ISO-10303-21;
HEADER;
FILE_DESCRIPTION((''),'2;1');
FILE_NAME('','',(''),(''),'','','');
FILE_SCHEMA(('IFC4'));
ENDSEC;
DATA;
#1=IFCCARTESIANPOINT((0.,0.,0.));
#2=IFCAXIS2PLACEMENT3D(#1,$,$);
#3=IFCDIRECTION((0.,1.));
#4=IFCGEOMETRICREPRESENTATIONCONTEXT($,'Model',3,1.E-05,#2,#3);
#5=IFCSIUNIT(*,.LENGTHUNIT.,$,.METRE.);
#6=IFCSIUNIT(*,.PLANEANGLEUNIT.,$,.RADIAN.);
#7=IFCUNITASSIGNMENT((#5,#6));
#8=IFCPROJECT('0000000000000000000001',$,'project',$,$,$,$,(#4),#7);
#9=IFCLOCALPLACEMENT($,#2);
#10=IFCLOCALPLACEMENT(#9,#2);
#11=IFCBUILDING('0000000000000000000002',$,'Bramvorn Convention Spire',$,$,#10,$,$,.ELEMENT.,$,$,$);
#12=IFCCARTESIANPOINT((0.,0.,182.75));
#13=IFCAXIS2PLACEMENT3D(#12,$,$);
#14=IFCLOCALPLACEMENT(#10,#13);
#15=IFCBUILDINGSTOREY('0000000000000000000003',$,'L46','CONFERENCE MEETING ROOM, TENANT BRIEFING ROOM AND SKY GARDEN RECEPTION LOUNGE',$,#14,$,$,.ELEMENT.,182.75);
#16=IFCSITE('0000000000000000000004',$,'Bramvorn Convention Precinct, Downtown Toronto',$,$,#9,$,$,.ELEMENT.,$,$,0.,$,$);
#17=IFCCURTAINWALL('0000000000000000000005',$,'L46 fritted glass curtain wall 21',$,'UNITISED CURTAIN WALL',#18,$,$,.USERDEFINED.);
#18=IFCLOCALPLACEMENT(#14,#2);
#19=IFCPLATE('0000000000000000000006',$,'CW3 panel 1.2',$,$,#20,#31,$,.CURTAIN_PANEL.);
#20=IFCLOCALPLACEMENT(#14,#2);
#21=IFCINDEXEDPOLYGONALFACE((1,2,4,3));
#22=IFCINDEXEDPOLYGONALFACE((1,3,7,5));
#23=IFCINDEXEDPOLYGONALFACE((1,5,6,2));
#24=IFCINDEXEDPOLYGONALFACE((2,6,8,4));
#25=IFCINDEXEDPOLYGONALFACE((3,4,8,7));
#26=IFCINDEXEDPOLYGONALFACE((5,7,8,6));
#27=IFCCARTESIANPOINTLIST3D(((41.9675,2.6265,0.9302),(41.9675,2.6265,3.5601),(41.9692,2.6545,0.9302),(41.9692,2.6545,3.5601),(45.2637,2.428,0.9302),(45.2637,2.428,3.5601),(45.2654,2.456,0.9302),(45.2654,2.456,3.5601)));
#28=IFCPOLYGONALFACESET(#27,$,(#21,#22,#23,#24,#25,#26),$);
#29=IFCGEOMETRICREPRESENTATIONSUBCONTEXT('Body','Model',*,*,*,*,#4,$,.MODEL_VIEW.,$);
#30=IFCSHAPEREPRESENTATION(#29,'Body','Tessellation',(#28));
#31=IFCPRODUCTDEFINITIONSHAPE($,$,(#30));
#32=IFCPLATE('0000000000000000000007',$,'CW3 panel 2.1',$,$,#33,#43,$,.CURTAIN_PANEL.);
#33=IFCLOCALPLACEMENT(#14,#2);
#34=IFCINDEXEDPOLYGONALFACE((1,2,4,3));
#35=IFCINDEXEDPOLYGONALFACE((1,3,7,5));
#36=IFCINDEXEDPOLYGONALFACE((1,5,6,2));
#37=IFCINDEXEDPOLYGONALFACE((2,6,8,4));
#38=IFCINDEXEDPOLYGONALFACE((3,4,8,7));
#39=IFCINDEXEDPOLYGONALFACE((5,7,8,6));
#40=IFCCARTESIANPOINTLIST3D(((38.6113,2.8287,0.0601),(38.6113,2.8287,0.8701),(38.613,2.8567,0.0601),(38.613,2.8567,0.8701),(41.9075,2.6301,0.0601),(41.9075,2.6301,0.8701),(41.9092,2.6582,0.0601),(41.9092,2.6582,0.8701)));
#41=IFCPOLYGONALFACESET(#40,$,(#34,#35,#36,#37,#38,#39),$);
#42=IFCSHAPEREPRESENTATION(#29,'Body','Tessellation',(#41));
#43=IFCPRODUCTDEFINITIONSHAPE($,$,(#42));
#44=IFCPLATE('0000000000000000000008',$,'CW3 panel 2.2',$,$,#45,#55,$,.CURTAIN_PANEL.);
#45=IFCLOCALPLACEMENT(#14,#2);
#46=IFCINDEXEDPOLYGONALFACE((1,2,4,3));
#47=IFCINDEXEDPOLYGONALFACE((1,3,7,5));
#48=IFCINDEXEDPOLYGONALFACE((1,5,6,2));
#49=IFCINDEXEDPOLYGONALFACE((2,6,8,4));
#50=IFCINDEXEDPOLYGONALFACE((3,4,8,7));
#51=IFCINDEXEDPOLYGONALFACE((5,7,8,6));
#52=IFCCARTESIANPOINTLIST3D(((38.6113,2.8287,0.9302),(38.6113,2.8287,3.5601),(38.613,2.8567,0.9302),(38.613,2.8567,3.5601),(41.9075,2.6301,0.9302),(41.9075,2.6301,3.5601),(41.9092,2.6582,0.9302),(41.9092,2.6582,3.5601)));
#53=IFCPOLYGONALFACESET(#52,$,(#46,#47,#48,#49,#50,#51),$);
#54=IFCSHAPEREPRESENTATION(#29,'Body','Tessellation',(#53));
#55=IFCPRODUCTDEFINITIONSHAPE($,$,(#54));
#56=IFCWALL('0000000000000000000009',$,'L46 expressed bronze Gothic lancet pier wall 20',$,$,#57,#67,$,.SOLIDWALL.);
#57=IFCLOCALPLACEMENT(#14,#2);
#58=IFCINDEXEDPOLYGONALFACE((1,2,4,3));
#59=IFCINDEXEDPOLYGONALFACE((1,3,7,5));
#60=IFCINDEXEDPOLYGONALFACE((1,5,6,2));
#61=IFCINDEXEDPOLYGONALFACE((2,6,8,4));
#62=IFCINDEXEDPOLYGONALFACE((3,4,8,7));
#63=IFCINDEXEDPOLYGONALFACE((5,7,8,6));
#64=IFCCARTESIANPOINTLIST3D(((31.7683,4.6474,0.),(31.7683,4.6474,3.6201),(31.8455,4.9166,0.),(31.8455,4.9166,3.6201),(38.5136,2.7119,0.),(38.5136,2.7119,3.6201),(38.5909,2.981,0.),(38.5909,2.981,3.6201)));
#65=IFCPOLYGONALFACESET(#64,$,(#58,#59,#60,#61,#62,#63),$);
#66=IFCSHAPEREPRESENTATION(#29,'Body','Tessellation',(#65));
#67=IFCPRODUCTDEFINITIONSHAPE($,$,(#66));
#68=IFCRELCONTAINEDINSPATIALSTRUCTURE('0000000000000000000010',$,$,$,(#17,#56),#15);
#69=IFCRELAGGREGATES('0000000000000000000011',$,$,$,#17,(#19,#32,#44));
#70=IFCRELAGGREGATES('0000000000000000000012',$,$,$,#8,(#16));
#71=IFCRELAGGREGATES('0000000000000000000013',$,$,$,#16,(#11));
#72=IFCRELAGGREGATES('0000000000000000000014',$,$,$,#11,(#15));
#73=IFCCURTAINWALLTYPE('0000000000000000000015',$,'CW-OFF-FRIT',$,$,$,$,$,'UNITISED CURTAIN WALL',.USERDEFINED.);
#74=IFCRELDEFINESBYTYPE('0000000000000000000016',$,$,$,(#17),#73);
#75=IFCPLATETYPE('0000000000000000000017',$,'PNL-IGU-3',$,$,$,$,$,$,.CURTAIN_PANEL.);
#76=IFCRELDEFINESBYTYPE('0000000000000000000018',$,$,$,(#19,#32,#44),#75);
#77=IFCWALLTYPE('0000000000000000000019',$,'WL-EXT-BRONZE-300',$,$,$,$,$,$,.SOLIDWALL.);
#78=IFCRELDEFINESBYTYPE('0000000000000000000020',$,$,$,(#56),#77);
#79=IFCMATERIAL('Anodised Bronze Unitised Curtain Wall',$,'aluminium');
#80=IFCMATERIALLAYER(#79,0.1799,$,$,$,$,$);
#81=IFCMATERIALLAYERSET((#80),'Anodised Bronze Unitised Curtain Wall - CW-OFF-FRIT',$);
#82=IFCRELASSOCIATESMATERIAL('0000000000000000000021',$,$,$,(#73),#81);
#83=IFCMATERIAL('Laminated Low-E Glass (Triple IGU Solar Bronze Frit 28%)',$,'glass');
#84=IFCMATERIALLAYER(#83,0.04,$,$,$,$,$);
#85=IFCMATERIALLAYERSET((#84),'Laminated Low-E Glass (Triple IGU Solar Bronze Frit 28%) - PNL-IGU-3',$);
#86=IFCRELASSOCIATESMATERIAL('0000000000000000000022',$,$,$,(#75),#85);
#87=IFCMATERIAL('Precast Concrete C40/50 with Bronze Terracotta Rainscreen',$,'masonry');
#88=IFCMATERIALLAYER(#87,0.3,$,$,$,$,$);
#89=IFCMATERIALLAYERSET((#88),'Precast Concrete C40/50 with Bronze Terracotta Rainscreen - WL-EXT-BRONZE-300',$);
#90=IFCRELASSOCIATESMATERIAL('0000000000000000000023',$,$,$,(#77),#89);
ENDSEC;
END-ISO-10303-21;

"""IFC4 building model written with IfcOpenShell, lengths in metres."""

from ifc_helpers import new_model, si_unit, direction, frame, frame_2d, origin, origin_2d, place, context, subcontext, project, spatial, rectangle, extrude, material, layer, layer_set, type_object, element, aggregate, save


model = new_model("IFC4")

# Units and contexts
model_context = context("Model", 3, precision=1e-05, world=origin(), true_north=direction((0.0, 1.0)))
body_context = subcontext(model_context, "Body", "Model", "MODEL_VIEW")
ifc_project = project(units=[si_unit("LENGTHUNIT", "METRE"), si_unit("PLANEANGLEUNIT", "RADIAN")], contexts=[model_context])

# Site, building, storey
site_placement = place(None, origin())
site = spatial("IfcSite", under=ifc_project, at=site_placement, Name="Bramvorn Convention Precinct, Downtown Toronto", CompositionType="ELEMENT", RefElevation=0.0)
building_placement = place(site_placement, origin())
building = spatial("IfcBuilding", under=site, at=building_placement, Name="Bramvorn Convention Spire", CompositionType="ELEMENT")
storey_placement = place(building_placement, frame((0.0, 0.0, 182.75)))
storey = spatial("IfcBuildingStorey", under=building, at=storey_placement, Name="L46", Description="CONFERENCE MEETING ROOM, TENANT BRIEFING ROOM AND SKY GARDEN RECEPTION LOUNGE", CompositionType="ELEMENT", Elevation=182.75)

# Curtain wall
ifc_material_1 = material(Name="Anodised Bronze Unitised Curtain Wall", Category="aluminium")
ifc_layer_1 = layer(ifc_material_1, 0.1799)
ifc_layer_set_1 = layer_set([ifc_layer_1], Name="Anodised Bronze Unitised Curtain Wall - CW-OFF-FRIT")
curtain_wall_type = type_object("IfcCurtainWallType", Name="CW-OFF-FRIT", ElementType="UNITISED CURTAIN WALL", PredefinedType="USERDEFINED", material=ifc_layer_set_1)
curtain_wall_1_placement = place(storey_placement, origin())
curtain_wall_1 = element("IfcCurtainWall", 1, at=curtain_wall_1_placement, inside=storey, type_object=curtain_wall_type, Name="L46 fritted glass curtain wall 21", ObjectType="UNITISED CURTAIN WALL", PredefinedType="USERDEFINED")

# Plates
ifc_material_2 = material(Name="Laminated Low-E Glass (Triple IGU Solar Bronze Frit 28%)", Category="glass")
ifc_layer_2 = layer(ifc_material_2, 0.04)
ifc_layer_set_2 = layer_set([ifc_layer_2], Name="Laminated Low-E Glass (Triple IGU Solar Bronze Frit 28%) - PNL-IGU-3")
plate_type = type_object("IfcPlateType", Name="PNL-IGU-3", PredefinedType="CURTAIN_PANEL", material=ifc_layer_set_2)
plate_1_placement = place(storey_placement, frame((43.6165, 2.5413, 0.9302), z_axis=(0.0, 0.0, 1.0), x_axis=(-0.998191, 0.060122, 0.0)))
plate_1 = element("IfcPlate", 2, at=plate_1_placement, type_object=plate_type, Name="CW3 panel 1.2", PredefinedType="CURTAIN_PANEL", context=body_context, shape_type="SweptSolid", body=[
    extrude(rectangle(XDim=3.3022, YDim=0.0281, at=origin_2d()), origin(), (0.0, 0.0, 1.0), 2.6299),
])
plate_2_placement = place(storey_placement, frame((40.2603, 2.7434, 0.0601), z_axis=(0.0, 0.0, 1.0), x_axis=(-0.998191, 0.060122, 0.0)))
plate_2 = element("IfcPlate", 3, at=plate_2_placement, type_object=plate_type, Name="CW3 panel 2.1", PredefinedType="CURTAIN_PANEL", context=body_context, shape_type="SweptSolid", body=[
    extrude(rectangle(XDim=3.3022, YDim=0.0281, at=origin_2d()), origin(), (0.0, 0.0, 1.0), 0.8101),
])
plate_3_placement = place(storey_placement, frame((40.2603, 2.7434, 0.9302), z_axis=(0.0, 0.0, 1.0), x_axis=(-0.998191, 0.060122, 0.0)))
plate_3 = element("IfcPlate", 4, at=plate_3_placement, type_object=plate_type, Name="CW3 panel 2.2", PredefinedType="CURTAIN_PANEL", context=body_context, shape_type="SweptSolid", body=[
    extrude(rectangle(XDim=3.3022, YDim=0.0281, at=origin_2d()), origin(), (0.0, 0.0, 1.0), 2.6299),
])
aggregate(curtain_wall_1, [plate_1, plate_2, plate_3])

# Wall
ifc_material_3 = material(Name="Precast Concrete C40/50 with Bronze Terracotta Rainscreen", Category="masonry")
ifc_layer_3 = layer(ifc_material_3, 0.3)
ifc_layer_set_3 = layer_set([ifc_layer_3], Name="Precast Concrete C40/50 with Bronze Terracotta Rainscreen - WL-EXT-BRONZE-300")
wall_type = type_object("IfcWallType", Name="WL-EXT-BRONZE-300", PredefinedType="SOLIDWALL", material=ifc_layer_set_3)
wall_placement = place(storey_placement, frame((38.5522, 2.8464, 0.0), z_axis=(0.0, 0.0, 1.0), x_axis=(-0.961211, 0.275815, 0.0)))
element("IfcWall", 5, at=wall_placement, inside=storey, type_object=wall_type, Name="L46 expressed bronze Gothic lancet pier wall 20", PredefinedType="SOLIDWALL", context=body_context, shape_type="SweptSolid", body=[
    extrude(rectangle(XDim=7.0176, YDim=0.28, at=frame_2d((3.5088, 0.0))), origin(), (0.0, 0.0, 1.0), 3.6201),
])

save(model, "model.ifc")
